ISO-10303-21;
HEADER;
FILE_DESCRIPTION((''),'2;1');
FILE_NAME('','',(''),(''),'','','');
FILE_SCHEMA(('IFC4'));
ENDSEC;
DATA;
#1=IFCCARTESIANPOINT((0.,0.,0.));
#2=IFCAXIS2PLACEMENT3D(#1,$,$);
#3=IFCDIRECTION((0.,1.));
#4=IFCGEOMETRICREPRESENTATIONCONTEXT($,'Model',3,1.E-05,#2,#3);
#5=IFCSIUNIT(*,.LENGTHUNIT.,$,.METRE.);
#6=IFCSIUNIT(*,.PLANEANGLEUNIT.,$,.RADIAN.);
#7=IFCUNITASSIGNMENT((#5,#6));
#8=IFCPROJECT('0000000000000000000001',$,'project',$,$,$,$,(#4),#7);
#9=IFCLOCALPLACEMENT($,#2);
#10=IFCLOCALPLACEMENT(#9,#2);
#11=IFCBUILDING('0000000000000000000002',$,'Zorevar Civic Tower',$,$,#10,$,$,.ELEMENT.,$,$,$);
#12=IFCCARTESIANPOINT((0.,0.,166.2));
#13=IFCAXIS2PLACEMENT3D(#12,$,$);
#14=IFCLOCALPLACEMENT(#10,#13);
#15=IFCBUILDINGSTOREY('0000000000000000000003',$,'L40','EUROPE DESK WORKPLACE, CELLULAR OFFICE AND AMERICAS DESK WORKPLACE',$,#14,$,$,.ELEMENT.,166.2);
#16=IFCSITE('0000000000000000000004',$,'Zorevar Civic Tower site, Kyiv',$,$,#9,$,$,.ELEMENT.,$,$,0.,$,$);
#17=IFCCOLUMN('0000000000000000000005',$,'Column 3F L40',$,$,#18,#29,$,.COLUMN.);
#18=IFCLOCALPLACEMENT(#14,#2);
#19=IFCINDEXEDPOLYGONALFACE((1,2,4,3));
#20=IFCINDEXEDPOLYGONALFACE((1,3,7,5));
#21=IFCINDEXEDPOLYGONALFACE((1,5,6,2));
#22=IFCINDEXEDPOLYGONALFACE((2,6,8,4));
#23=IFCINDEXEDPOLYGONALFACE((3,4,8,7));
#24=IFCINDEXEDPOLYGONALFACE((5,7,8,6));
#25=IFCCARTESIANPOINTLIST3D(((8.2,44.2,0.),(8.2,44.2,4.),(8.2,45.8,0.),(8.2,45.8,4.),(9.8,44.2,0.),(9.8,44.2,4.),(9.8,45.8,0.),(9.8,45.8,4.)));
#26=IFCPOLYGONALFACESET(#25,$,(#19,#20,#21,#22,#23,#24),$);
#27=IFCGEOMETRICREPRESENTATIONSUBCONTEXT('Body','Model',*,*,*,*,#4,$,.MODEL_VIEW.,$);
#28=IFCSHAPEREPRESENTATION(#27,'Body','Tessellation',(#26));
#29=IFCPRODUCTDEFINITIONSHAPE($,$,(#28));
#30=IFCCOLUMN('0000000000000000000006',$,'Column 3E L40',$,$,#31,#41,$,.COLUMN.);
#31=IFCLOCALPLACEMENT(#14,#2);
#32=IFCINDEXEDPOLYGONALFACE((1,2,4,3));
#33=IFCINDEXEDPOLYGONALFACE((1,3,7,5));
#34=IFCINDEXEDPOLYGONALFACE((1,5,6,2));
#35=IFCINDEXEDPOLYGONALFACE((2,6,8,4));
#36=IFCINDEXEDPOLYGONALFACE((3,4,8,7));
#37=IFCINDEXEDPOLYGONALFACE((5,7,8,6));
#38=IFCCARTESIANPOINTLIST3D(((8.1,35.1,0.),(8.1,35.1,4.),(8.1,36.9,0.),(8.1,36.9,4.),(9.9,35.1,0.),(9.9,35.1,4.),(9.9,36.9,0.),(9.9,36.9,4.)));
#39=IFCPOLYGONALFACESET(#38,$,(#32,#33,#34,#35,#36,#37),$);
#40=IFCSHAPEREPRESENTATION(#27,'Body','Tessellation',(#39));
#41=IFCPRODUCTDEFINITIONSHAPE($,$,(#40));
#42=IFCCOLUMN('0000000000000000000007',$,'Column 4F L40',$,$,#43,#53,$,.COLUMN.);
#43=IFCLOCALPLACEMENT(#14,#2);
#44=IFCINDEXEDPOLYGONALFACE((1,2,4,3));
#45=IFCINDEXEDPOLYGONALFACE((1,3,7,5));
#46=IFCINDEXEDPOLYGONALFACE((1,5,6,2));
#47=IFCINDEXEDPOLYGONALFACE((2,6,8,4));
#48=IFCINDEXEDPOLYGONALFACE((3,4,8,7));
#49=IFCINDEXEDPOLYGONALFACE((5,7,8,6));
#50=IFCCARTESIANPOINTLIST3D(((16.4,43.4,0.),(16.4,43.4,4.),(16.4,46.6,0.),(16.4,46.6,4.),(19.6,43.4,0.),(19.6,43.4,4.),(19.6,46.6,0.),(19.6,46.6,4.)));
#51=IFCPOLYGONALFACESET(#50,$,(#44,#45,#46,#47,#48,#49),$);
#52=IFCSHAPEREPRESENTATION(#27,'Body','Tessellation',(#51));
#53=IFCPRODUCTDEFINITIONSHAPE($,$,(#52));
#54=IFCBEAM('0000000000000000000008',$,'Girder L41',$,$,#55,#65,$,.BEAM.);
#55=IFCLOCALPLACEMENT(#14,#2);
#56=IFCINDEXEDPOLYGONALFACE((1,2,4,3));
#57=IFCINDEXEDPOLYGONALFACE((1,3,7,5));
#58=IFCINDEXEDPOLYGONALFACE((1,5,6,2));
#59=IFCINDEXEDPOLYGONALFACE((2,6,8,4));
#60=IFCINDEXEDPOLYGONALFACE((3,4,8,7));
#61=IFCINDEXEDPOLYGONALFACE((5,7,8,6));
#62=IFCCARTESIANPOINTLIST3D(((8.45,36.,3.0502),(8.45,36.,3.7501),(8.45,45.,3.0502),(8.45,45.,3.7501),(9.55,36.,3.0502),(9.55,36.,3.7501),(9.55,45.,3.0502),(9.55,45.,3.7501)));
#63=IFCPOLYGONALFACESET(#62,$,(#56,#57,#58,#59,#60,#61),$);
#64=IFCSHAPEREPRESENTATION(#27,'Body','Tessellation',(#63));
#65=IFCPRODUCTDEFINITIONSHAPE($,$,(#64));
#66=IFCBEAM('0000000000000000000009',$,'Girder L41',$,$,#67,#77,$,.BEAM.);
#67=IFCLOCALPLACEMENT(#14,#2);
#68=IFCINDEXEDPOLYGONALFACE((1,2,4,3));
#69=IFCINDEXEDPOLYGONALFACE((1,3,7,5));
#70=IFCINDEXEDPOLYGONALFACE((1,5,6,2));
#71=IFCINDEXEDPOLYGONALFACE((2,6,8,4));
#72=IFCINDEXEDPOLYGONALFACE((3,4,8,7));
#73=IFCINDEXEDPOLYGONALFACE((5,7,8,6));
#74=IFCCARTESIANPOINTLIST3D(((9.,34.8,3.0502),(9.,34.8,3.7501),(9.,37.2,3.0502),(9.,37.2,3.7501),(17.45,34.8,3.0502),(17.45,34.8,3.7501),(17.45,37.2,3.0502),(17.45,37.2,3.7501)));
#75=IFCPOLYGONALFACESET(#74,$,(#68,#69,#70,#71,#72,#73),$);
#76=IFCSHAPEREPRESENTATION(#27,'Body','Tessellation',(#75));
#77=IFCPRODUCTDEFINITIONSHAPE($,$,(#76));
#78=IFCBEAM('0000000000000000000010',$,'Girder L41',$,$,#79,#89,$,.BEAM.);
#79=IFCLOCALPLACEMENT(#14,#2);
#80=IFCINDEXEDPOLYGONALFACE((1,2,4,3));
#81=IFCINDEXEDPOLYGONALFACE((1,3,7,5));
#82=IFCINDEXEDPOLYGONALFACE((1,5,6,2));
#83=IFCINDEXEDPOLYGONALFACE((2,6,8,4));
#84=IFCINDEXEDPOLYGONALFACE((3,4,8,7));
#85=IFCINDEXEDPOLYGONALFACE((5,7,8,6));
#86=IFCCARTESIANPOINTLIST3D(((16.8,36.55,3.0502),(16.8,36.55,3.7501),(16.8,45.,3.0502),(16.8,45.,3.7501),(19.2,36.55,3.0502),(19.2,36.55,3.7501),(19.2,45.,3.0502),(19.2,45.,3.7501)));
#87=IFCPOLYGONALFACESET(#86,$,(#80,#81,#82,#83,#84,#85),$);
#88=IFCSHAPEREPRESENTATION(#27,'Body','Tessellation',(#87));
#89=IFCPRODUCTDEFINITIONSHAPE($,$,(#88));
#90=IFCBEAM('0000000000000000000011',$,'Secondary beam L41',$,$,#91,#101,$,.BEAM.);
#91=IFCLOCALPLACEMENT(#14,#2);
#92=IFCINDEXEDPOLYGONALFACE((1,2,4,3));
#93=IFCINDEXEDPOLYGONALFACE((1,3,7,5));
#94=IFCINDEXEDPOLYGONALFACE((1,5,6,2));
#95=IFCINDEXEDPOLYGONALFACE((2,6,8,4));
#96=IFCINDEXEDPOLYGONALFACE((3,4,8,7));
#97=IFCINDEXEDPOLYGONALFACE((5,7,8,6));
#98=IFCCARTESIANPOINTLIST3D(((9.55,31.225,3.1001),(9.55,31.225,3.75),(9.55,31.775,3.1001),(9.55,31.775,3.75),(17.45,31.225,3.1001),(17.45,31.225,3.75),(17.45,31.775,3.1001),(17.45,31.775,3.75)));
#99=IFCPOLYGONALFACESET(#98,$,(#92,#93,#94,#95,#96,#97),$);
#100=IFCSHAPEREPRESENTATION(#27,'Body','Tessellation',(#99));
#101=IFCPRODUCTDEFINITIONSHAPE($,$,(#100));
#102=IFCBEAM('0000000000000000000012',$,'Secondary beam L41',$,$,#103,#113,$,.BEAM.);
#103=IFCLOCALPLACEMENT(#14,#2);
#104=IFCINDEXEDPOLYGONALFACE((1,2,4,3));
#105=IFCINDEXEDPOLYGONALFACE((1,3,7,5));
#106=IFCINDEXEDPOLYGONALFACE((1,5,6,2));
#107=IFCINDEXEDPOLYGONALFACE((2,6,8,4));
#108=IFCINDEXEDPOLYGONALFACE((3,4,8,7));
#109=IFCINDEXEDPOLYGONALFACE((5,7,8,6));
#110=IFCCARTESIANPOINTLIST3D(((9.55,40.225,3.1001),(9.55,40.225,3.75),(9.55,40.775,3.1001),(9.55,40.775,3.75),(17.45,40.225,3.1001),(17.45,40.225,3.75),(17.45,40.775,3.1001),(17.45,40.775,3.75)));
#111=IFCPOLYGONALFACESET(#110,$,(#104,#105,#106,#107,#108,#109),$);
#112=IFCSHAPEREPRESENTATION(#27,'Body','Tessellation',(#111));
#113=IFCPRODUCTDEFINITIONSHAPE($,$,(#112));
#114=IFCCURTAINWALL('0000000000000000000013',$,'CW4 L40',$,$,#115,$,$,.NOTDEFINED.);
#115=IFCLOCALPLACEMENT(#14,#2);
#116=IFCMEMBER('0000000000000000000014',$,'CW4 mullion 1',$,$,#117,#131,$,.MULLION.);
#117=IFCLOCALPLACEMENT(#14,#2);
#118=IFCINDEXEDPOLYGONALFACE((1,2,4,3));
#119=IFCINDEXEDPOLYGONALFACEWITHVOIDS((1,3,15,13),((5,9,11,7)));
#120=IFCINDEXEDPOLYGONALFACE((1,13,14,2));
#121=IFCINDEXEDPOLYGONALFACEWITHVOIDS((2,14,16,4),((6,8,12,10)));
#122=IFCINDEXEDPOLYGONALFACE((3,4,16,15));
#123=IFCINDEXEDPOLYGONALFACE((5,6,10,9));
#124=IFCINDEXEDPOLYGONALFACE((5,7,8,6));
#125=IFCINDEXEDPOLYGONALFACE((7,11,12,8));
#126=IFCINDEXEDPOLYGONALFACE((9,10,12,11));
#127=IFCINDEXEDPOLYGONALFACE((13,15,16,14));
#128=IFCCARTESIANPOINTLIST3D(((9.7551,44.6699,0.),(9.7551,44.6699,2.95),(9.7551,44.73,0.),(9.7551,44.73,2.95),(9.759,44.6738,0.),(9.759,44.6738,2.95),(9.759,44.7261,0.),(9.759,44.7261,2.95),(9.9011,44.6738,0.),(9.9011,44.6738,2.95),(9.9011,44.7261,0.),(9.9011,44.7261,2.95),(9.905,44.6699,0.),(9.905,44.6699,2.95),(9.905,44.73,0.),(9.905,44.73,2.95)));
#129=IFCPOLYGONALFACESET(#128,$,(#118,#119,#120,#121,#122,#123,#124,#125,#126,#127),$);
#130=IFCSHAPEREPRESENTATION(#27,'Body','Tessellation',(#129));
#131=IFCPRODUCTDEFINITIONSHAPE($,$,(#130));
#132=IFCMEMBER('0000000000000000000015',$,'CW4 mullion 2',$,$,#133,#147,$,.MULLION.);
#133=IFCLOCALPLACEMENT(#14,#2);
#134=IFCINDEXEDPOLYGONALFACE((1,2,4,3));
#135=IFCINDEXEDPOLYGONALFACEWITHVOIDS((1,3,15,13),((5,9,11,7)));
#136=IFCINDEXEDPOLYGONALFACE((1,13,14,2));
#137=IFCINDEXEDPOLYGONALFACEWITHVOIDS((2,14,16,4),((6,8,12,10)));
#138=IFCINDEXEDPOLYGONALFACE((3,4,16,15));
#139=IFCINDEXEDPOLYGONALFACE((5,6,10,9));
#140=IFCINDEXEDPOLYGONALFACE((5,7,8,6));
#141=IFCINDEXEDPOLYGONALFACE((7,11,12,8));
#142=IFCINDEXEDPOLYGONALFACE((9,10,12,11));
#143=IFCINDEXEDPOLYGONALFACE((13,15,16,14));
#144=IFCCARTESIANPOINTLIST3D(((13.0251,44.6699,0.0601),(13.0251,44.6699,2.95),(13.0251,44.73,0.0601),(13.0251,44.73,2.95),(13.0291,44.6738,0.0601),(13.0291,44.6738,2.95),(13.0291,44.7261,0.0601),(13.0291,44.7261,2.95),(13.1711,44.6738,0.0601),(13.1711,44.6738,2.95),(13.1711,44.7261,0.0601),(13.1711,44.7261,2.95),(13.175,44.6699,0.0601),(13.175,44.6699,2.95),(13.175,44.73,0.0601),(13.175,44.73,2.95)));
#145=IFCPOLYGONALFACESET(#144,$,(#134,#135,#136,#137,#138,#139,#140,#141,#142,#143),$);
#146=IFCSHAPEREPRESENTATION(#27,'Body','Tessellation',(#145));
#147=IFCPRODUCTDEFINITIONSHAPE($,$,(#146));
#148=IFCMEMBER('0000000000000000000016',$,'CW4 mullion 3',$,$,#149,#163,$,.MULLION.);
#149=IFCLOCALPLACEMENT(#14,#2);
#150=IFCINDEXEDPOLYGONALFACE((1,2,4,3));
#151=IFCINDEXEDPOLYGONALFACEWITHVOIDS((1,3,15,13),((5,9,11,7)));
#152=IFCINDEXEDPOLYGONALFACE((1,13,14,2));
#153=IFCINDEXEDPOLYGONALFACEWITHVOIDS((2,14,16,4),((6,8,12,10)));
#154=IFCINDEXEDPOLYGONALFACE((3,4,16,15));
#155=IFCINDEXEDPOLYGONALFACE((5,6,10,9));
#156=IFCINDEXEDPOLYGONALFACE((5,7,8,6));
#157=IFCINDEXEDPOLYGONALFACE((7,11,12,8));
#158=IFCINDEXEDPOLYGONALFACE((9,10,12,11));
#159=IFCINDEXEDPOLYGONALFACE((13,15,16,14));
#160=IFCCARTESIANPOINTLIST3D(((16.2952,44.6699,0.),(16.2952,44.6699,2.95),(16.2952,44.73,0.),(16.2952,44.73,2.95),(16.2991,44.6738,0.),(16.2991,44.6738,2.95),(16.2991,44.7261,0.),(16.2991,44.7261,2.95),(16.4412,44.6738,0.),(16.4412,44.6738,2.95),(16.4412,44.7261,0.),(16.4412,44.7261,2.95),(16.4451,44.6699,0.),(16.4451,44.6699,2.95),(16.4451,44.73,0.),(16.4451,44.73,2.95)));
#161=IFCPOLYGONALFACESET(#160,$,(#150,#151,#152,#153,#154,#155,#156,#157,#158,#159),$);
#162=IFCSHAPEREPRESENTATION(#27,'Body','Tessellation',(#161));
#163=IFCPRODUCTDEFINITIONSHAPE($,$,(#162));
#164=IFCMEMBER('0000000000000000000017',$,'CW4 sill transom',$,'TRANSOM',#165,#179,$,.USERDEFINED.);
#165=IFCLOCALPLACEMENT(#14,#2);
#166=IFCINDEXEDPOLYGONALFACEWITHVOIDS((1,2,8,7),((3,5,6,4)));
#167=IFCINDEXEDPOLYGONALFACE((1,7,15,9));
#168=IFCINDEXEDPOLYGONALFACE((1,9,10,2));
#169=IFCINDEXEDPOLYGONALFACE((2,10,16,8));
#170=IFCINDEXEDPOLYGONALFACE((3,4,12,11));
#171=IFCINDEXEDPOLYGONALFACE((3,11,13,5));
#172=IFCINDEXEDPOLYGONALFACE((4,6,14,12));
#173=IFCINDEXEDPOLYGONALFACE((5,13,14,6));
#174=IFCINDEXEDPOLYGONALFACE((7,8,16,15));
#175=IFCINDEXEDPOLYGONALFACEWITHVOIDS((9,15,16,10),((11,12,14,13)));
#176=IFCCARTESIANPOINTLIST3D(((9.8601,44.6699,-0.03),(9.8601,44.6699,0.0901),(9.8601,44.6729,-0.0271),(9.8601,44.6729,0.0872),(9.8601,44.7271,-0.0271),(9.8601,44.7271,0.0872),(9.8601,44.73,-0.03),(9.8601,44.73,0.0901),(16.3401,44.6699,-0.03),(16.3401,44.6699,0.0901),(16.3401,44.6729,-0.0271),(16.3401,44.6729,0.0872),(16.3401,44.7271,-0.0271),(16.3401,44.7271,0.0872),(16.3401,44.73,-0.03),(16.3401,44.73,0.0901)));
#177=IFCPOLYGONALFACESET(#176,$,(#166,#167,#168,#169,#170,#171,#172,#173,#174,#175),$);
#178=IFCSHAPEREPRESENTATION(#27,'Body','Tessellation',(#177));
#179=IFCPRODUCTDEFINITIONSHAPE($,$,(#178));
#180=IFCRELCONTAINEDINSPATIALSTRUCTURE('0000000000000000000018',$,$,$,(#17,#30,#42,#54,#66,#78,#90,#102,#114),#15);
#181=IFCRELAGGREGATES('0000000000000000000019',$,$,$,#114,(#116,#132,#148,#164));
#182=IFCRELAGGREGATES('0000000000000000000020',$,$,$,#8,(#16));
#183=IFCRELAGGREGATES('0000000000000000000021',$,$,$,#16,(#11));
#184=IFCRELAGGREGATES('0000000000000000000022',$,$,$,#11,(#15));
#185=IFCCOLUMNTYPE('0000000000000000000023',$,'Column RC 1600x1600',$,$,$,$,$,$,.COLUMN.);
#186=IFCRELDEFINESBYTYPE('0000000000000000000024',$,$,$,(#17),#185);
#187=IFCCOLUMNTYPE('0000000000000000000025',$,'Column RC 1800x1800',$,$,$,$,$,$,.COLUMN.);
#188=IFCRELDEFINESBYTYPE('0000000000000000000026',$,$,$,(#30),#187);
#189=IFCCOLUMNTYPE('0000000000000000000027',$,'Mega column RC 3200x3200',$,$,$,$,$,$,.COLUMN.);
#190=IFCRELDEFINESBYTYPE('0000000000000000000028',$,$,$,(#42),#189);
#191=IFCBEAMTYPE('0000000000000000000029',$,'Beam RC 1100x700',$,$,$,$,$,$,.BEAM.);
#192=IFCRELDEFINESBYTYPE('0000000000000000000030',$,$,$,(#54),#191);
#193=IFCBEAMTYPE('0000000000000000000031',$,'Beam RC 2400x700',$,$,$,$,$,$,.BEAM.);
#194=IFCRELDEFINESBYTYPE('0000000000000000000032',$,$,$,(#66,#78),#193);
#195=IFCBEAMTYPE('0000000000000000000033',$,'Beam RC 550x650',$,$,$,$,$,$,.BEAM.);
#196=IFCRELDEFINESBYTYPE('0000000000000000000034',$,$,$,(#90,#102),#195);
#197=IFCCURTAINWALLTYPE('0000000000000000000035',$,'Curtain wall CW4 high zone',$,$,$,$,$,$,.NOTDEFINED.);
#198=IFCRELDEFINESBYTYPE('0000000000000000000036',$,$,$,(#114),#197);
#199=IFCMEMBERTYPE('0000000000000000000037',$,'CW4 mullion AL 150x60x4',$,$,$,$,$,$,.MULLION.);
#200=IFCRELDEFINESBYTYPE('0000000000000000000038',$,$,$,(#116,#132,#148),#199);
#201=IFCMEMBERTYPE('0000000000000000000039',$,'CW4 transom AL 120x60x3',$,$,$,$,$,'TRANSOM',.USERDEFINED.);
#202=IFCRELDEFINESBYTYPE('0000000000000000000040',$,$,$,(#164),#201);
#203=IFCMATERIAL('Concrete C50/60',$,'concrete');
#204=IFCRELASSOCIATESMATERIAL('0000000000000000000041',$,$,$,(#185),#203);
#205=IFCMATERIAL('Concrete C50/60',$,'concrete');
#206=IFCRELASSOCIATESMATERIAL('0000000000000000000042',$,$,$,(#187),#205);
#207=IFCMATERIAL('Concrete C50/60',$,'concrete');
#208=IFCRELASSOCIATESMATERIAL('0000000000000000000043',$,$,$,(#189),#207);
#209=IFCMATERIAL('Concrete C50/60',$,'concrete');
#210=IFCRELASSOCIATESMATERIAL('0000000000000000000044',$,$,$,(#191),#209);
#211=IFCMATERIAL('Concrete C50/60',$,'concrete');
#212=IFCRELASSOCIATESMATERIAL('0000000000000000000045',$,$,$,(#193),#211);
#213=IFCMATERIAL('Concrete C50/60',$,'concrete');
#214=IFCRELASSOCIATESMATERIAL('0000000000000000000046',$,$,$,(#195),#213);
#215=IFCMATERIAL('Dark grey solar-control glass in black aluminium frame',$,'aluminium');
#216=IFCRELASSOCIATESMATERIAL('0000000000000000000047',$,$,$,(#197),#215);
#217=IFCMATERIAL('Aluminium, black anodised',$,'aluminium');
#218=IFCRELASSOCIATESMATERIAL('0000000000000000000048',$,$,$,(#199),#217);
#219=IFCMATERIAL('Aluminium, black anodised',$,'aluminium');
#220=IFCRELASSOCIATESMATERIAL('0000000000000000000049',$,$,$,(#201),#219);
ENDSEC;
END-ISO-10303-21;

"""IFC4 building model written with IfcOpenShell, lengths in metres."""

from ifc_helpers import new_model, si_unit, direction, frame, origin, origin_2d, place, context, subcontext, project, spatial, rectangle, hollow_rectangle, extrude, material, material_profile, profile_set, type_object, element, aggregate, save


model = new_model("IFC4")

# Units and contexts
model_context = context("Model", 3, precision=1e-05, world=origin(), true_north=direction((0.0, 1.0)))
body_context = subcontext(model_context, "Body", "Model", "MODEL_VIEW")
ifc_project = project(units=[si_unit("LENGTHUNIT", "METRE"), si_unit("PLANEANGLEUNIT", "RADIAN")], contexts=[model_context])

# Site, building, storey
site_placement = place(None, origin())
site = spatial("IfcSite", under=ifc_project, at=site_placement, Name="Zorevar Civic Tower site, Kyiv", CompositionType="ELEMENT", RefElevation=0.0)
building_placement = place(site_placement, origin())
building = spatial("IfcBuilding", under=site, at=building_placement, Name="Zorevar Civic Tower", CompositionType="ELEMENT")
storey_placement = place(building_placement, frame((0.0, 0.0, 166.2)))
storey = spatial("IfcBuildingStorey", under=building, at=storey_placement, Name="L40", Description="EUROPE DESK WORKPLACE, CELLULAR OFFICE AND AMERICAS DESK WORKPLACE", CompositionType="ELEMENT", Elevation=166.2)

# Columns
ifc_material_1 = material(Name="Concrete C50/60", Category="concrete")
ifc_material_profile_1 = material_profile(ifc_material_1, rectangle(XDim=1.6001, YDim=1.6001, at=origin_2d()), Name="RC 1600x1600")
ifc_profile_set_1 = profile_set([ifc_material_profile_1], Name="Concrete C50/60")
column_type_1 = type_object("IfcColumnType", Name="Column RC 1600x1600", PredefinedType="COLUMN", material=ifc_profile_set_1)
column_1_placement = place(storey_placement, frame((9.0, 45.0, 0.0), z_axis=(0.0, 0.0, 1.0), x_axis=(1.0, 0.0, 0.0)))
element("IfcColumn", 1, at=column_1_placement, inside=storey, type_object=column_type_1, Name="Column 3F L40", PredefinedType="COLUMN", context=body_context, shape_type="SweptSolid", body=[
    extrude(rectangle(XDim=1.6001, YDim=1.6001, at=origin_2d()), origin(), (0.0, 0.0, 1.0), 4.0),
])
ifc_material_2 = material(Name="Concrete C50/60", Category="concrete")
ifc_material_profile_2 = material_profile(ifc_material_2, rectangle(XDim=1.8, YDim=1.8, at=origin_2d()), Name="RC 1800x1800")
ifc_profile_set_2 = profile_set([ifc_material_profile_2], Name="Concrete C50/60")
column_type_2 = type_object("IfcColumnType", Name="Column RC 1800x1800", PredefinedType="COLUMN", material=ifc_profile_set_2)
column_2_placement = place(storey_placement, frame((9.0, 36.0, 0.0), z_axis=(0.0, 0.0, 1.0), x_axis=(1.0, 0.0, 0.0)))
element("IfcColumn", 2, at=column_2_placement, inside=storey, type_object=column_type_2, Name="Column 3E L40", PredefinedType="COLUMN", context=body_context, shape_type="SweptSolid", body=[
    extrude(rectangle(XDim=1.8, YDim=1.8, at=origin_2d()), origin(), (0.0, 0.0, 1.0), 4.0),
])
ifc_material_3 = material(Name="Concrete C50/60", Category="concrete")
ifc_material_profile_3 = material_profile(ifc_material_3, rectangle(XDim=3.2, YDim=3.2, at=origin_2d()), Name="RC 3200x3200")
ifc_profile_set_3 = profile_set([ifc_material_profile_3], Name="Concrete C50/60")
column_type_3 = type_object("IfcColumnType", Name="Mega column RC 3200x3200", PredefinedType="COLUMN", material=ifc_profile_set_3)
column_3_placement = place(storey_placement, frame((18.0, 45.0, 0.0), z_axis=(0.0, 0.0, 1.0), x_axis=(1.0, 0.0, 0.0)))
element("IfcColumn", 3, at=column_3_placement, inside=storey, type_object=column_type_3, Name="Column 4F L40", PredefinedType="COLUMN", context=body_context, shape_type="SweptSolid", body=[
    extrude(rectangle(XDim=3.2, YDim=3.2, at=origin_2d()), origin(), (0.0, 0.0, 1.0), 4.0),
])

# Beams
ifc_material_4 = material(Name="Concrete C50/60", Category="concrete")
ifc_material_profile_4 = material_profile(ifc_material_4, rectangle(XDim=1.1001, YDim=0.7, at=origin_2d()), Name="RC 1100x700")
ifc_profile_set_4 = profile_set([ifc_material_profile_4], Name="Concrete C50/60")
beam_type_1 = type_object("IfcBeamType", Name="Beam RC 1100x700", PredefinedType="BEAM", material=ifc_profile_set_4)
beam_1_placement = place(storey_placement, frame((9.0, 36.0, 3.4001), z_axis=(0.0, 1.0, 0.0), x_axis=(-1.0, 0.0, 0.0)))
element("IfcBeam", 4, at=beam_1_placement, inside=storey, type_object=beam_type_1, Name="Girder L41", PredefinedType="BEAM", context=body_context, shape_type="SweptSolid", body=[
    extrude(rectangle(XDim=1.1001, YDim=0.7, at=origin_2d()), origin(), (0.0, 0.0, 1.0), 9.0),
])
ifc_material_5 = material(Name="Concrete C50/60", Category="concrete")
ifc_material_profile_5 = material_profile(ifc_material_5, rectangle(XDim=2.3999, YDim=0.7, at=origin_2d()), Name="RC 2400x700")
ifc_profile_set_5 = profile_set([ifc_material_profile_5], Name="Concrete C50/60")
beam_type_2 = type_object("IfcBeamType", Name="Beam RC 2400x700", PredefinedType="BEAM", material=ifc_profile_set_5)
for number, where, z_axis, x_axis, name in (
    (5, (9.0, 36.0, 3.4001), (1.0, 0.0, 0.0), (0.0, 1.0, 0.0), "Girder L41"),
    (6, (18.0, 36.55, 3.4001), (0.0, 1.0, 0.0), (-1.0, 0.0, 0.0), "Girder L41"),
):
    element("IfcBeam", number, at=place(storey_placement, frame(where, z_axis=z_axis, x_axis=x_axis)), inside=storey, type_object=beam_type_2, Name=name, PredefinedType="BEAM", context=body_context, shape_type="SweptSolid", body=[
        extrude(rectangle(XDim=2.3999, YDim=0.7, at=origin_2d()), origin(), (0.0, 0.0, 1.0), 8.45),
    ])
ifc_material_6 = material(Name="Concrete C50/60", Category="concrete")
ifc_material_profile_6 = material_profile(ifc_material_6, rectangle(XDim=0.55, YDim=0.6499, at=origin_2d()), Name="RC 550x650")
ifc_profile_set_6 = profile_set([ifc_material_profile_6], Name="Concrete C50/60")
beam_type_3 = type_object("IfcBeamType", Name="Beam RC 550x650", PredefinedType="BEAM", material=ifc_profile_set_6)
for number, where, z_axis, x_axis, name in (
    (7, (9.55, 31.5, 3.425), (1.0, 0.0, 0.0), (0.0, 1.0, 0.0), "Secondary beam L41"),
    (8, (9.55, 40.5, 3.425), (1.0, 0.0, 0.0), (0.0, 1.0, 0.0), "Secondary beam L41"),
):
    element("IfcBeam", number, at=place(storey_placement, frame(where, z_axis=z_axis, x_axis=x_axis)), inside=storey, type_object=beam_type_3, Name=name, PredefinedType="BEAM", context=body_context, shape_type="SweptSolid", body=[
        extrude(rectangle(XDim=0.55, YDim=0.6499, at=origin_2d()), origin(), (0.0, 0.0, 1.0), 7.8999),
    ])

# Curtain wall, members
ifc_material_7 = material(Name="Dark grey solar-control glass in black aluminium frame", Category="aluminium")
curtain_wall_type = type_object("IfcCurtainWallType", Name="Curtain wall CW4 high zone", PredefinedType="NOTDEFINED", material=ifc_material_7)
curtain_wall_placement = place(storey_placement, origin())
curtain_wall = element("IfcCurtainWall", 9, at=curtain_wall_placement, inside=storey, type_object=curtain_wall_type, Name="CW4 L40", PredefinedType="NOTDEFINED")
ifc_material_8 = material(Name="Aluminium, black anodised", Category="aluminium")
ifc_material_profile_7 = material_profile(ifc_material_8, hollow_rectangle(XDim=0.0601, YDim=0.1499, WallThickness=0.0039, at=origin_2d()), Name="AL 150x60x4")
ifc_profile_set_7 = profile_set([ifc_material_profile_7], Name="Aluminium, black anodised")
member_type_1 = type_object("IfcMemberType", Name="CW4 mullion AL 150x60x4", PredefinedType="MULLION", material=ifc_profile_set_7)
member_1_placement = place(storey_placement, frame((9.8301, 44.7, 0.0), z_axis=(0.0, 0.0, 1.0), x_axis=(0.0, 1.0, 0.0)))
member_1 = element("IfcMember", 10, at=member_1_placement, type_object=member_type_1, Name="CW4 mullion 1", PredefinedType="MULLION", context=body_context, shape_type="SweptSolid", body=[
    extrude(hollow_rectangle(XDim=0.0601, YDim=0.1499, WallThickness=0.0039, at=origin_2d()), origin(), (0.0, 0.0, 1.0), 2.95),
])
member_2_placement = place(storey_placement, frame((13.1001, 44.7, 0.0601), z_axis=(0.0, 0.0, 1.0), x_axis=(0.0, 1.0, 0.0)))
member_2 = element("IfcMember", 11, at=member_2_placement, type_object=member_type_1, Name="CW4 mullion 2", PredefinedType="MULLION", context=body_context, shape_type="SweptSolid", body=[
    extrude(hollow_rectangle(XDim=0.0601, YDim=0.1499, WallThickness=0.0039, at=origin_2d()), origin(), (0.0, 0.0, 1.0), 2.8899),
])
member_3_placement = place(storey_placement, frame((16.3701, 44.7, 0.0), z_axis=(0.0, 0.0, 1.0), x_axis=(0.0, 1.0, 0.0)))
member_3 = element("IfcMember", 12, at=member_3_placement, type_object=member_type_1, Name="CW4 mullion 3", PredefinedType="MULLION", context=body_context, shape_type="SweptSolid", body=[
    extrude(hollow_rectangle(XDim=0.0601, YDim=0.1499, WallThickness=0.0039, at=origin_2d()), origin(), (0.0, 0.0, 1.0), 2.95),
])
ifc_material_9 = material(Name="Aluminium, black anodised", Category="aluminium")
ifc_material_profile_8 = material_profile(ifc_material_9, hollow_rectangle(XDim=0.0601, YDim=0.1201, WallThickness=0.0029, at=origin_2d()), Name="AL 120x60x3")
ifc_profile_set_8 = profile_set([ifc_material_profile_8], Name="Aluminium, black anodised")
member_type_2 = type_object("IfcMemberType", Name="CW4 transom AL 120x60x3", ElementType="TRANSOM", PredefinedType="USERDEFINED", material=ifc_profile_set_8)
member_4_placement = place(storey_placement, frame((9.8601, 44.7, 0.03), z_axis=(1.0, 0.0, 0.0), x_axis=(0.0, 1.0, 0.0)))
member_4 = element("IfcMember", 13, at=member_4_placement, type_object=member_type_2, Name="CW4 sill transom", ObjectType="TRANSOM", PredefinedType="USERDEFINED", context=body_context, shape_type="SweptSolid", body=[
    extrude(hollow_rectangle(XDim=0.0601, YDim=0.1201, WallThickness=0.0029, at=origin_2d()), origin(), (0.0, 0.0, 1.0), 6.48),
])

aggregate(curtain_wall, [member_1, member_2, member_3, member_4])

save(model, "model.ifc")
